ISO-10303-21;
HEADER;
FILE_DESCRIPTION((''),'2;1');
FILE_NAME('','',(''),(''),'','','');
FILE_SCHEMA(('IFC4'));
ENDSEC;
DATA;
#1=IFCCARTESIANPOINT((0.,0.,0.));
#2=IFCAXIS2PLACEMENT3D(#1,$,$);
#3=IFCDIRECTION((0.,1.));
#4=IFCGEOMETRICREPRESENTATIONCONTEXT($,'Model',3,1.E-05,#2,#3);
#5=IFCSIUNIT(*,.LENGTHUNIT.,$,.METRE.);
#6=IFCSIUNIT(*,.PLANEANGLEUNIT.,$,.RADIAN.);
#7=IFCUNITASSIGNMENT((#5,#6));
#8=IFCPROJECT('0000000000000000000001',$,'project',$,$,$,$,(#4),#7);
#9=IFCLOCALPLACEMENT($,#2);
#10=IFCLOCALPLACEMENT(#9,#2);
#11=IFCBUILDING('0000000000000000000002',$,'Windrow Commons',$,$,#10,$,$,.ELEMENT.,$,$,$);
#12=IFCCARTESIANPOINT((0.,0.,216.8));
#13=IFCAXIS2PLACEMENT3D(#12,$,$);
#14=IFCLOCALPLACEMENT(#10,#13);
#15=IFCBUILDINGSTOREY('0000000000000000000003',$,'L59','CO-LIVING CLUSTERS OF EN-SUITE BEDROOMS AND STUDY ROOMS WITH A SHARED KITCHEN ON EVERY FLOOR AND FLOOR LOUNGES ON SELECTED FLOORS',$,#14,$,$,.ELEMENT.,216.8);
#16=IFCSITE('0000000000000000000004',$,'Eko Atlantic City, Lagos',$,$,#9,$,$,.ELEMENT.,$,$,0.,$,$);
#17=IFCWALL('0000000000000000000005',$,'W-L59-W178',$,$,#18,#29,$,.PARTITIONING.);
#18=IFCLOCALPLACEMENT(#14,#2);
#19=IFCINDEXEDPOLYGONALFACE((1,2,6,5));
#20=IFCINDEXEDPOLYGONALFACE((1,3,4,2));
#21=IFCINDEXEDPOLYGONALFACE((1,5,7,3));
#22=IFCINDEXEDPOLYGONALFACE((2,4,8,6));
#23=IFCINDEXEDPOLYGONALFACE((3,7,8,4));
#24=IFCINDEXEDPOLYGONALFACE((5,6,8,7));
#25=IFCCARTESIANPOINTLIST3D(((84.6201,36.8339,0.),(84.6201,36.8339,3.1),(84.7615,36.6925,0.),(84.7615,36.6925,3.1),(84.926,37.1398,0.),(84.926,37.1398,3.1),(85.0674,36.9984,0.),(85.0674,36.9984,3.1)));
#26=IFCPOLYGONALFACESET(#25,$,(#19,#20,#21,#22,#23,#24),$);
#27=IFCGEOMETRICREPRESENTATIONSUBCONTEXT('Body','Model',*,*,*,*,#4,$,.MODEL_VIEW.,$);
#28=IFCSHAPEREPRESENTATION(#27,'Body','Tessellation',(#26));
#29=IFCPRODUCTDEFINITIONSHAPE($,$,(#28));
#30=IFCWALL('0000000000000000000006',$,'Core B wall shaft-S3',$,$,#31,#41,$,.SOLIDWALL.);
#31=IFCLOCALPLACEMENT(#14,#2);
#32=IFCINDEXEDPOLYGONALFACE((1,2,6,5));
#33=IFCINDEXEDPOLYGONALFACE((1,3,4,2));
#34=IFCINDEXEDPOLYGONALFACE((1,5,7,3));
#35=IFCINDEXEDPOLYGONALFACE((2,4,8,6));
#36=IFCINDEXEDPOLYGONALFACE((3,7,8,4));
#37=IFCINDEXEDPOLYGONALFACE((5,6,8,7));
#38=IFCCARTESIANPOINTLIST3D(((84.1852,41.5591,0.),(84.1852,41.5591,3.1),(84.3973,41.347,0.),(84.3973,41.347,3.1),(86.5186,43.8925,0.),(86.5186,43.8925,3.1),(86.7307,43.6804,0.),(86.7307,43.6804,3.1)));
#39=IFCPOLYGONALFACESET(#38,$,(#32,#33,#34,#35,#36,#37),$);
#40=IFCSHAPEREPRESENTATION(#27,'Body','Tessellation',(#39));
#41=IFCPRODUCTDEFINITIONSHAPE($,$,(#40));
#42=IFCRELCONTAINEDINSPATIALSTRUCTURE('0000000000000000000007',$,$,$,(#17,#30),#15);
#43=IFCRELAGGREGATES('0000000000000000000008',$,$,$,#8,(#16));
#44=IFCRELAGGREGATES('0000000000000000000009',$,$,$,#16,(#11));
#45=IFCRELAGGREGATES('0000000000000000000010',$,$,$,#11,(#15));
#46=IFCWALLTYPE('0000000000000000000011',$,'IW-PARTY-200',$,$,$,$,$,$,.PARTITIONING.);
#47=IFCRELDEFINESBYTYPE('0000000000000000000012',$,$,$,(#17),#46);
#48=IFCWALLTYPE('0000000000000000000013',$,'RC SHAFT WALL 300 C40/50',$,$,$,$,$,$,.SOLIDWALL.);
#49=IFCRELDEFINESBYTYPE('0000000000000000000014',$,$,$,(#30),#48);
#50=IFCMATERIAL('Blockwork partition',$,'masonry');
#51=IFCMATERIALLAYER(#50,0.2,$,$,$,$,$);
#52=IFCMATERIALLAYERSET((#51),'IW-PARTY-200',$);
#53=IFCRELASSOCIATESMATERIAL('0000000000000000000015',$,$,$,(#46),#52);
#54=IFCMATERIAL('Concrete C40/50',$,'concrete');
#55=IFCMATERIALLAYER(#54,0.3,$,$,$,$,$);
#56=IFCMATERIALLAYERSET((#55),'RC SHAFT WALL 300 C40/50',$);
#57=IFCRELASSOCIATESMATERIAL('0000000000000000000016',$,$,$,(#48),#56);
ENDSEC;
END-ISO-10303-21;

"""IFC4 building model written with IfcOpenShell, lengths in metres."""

from ifc_helpers import new_model, si_unit, direction, frame, frame_2d, origin, place, context, subcontext, project, spatial, rectangle, extrude, material, layer, layer_set, type_object, element, save


model = new_model("IFC4")

# Units and contexts
model_context = context("Model", 3, precision=1e-05, world=origin(), true_north=direction((0.0, 1.0)))
body_context = subcontext(model_context, "Body", "Model", "MODEL_VIEW")
ifc_project = project(units=[si_unit("LENGTHUNIT", "METRE"), si_unit("PLANEANGLEUNIT", "RADIAN")], contexts=[model_context])

# Site, building, storey
site_placement = place(None, origin())
site = spatial("IfcSite", under=ifc_project, at=site_placement, Name="Eko Atlantic City, Lagos", CompositionType="ELEMENT", RefElevation=0.0)
building_placement = place(site_placement, origin())
building = spatial("IfcBuilding", under=site, at=building_placement, Name="Windrow Commons", CompositionType="ELEMENT")
storey_placement = place(building_placement, frame((0.0, 0.0, 216.8)))
storey = spatial("IfcBuildingStorey", under=building, at=storey_placement, Name="L59", Description="CO-LIVING CLUSTERS OF EN-SUITE BEDROOMS AND STUDY ROOMS WITH A SHARED KITCHEN ON EVERY FLOOR AND FLOOR LOUNGES ON SELECTED FLOORS", CompositionType="ELEMENT", Elevation=216.8)

# Walls
ifc_material_1 = material(Name="Blockwork partition", Category="masonry")
ifc_layer_1 = layer(ifc_material_1, 0.2)
ifc_layer_set_1 = layer_set([ifc_layer_1], Name="IW-PARTY-200")
wall_type_1 = type_object("IfcWallType", Name="IW-PARTY-200", PredefinedType="PARTITIONING", material=ifc_layer_set_1)
wall_1_placement = place(storey_placement, frame((84.6908, 36.7632, 0.0), z_axis=(0.0, 0.0, 1.0), x_axis=(0.707107, 0.707107, 0.0)))
element("IfcWall", 1, at=wall_1_placement, inside=storey, type_object=wall_type_1, Name="W-L59-W178", PredefinedType="PARTITIONING", context=body_context, shape_type="SweptSolid", body=[
    extrude(rectangle(XDim=0.4327, YDim=0.2, at=frame_2d((0.2163, 0.0))), origin(), (0.0, 0.0, 1.0), 3.1),
])
ifc_material_2 = material(Name="Concrete C40/50", Category="concrete")
ifc_layer_2 = layer(ifc_material_2, 0.3)
ifc_layer_set_2 = layer_set([ifc_layer_2], Name="RC SHAFT WALL 300 C40/50")
wall_type_2 = type_object("IfcWallType", Name="RC SHAFT WALL 300 C40/50", PredefinedType="SOLIDWALL", material=ifc_layer_set_2)
wall_2_placement = place(storey_placement, frame((84.2912, 41.453, 0.0), z_axis=(0.0, 0.0, 1.0), x_axis=(0.707107, 0.707107, 0.0)))
element("IfcWall", 2, at=wall_2_placement, inside=storey, type_object=wall_type_2, Name="Core B wall shaft-S3", PredefinedType="SOLIDWALL", context=body_context, shape_type="SweptSolid", body=[
    extrude(rectangle(XDim=3.2999, YDim=0.3, at=frame_2d((1.65, 0.0))), origin(), (0.0, 0.0, 1.0), 3.1),
])

save(model, "model.ifc")
